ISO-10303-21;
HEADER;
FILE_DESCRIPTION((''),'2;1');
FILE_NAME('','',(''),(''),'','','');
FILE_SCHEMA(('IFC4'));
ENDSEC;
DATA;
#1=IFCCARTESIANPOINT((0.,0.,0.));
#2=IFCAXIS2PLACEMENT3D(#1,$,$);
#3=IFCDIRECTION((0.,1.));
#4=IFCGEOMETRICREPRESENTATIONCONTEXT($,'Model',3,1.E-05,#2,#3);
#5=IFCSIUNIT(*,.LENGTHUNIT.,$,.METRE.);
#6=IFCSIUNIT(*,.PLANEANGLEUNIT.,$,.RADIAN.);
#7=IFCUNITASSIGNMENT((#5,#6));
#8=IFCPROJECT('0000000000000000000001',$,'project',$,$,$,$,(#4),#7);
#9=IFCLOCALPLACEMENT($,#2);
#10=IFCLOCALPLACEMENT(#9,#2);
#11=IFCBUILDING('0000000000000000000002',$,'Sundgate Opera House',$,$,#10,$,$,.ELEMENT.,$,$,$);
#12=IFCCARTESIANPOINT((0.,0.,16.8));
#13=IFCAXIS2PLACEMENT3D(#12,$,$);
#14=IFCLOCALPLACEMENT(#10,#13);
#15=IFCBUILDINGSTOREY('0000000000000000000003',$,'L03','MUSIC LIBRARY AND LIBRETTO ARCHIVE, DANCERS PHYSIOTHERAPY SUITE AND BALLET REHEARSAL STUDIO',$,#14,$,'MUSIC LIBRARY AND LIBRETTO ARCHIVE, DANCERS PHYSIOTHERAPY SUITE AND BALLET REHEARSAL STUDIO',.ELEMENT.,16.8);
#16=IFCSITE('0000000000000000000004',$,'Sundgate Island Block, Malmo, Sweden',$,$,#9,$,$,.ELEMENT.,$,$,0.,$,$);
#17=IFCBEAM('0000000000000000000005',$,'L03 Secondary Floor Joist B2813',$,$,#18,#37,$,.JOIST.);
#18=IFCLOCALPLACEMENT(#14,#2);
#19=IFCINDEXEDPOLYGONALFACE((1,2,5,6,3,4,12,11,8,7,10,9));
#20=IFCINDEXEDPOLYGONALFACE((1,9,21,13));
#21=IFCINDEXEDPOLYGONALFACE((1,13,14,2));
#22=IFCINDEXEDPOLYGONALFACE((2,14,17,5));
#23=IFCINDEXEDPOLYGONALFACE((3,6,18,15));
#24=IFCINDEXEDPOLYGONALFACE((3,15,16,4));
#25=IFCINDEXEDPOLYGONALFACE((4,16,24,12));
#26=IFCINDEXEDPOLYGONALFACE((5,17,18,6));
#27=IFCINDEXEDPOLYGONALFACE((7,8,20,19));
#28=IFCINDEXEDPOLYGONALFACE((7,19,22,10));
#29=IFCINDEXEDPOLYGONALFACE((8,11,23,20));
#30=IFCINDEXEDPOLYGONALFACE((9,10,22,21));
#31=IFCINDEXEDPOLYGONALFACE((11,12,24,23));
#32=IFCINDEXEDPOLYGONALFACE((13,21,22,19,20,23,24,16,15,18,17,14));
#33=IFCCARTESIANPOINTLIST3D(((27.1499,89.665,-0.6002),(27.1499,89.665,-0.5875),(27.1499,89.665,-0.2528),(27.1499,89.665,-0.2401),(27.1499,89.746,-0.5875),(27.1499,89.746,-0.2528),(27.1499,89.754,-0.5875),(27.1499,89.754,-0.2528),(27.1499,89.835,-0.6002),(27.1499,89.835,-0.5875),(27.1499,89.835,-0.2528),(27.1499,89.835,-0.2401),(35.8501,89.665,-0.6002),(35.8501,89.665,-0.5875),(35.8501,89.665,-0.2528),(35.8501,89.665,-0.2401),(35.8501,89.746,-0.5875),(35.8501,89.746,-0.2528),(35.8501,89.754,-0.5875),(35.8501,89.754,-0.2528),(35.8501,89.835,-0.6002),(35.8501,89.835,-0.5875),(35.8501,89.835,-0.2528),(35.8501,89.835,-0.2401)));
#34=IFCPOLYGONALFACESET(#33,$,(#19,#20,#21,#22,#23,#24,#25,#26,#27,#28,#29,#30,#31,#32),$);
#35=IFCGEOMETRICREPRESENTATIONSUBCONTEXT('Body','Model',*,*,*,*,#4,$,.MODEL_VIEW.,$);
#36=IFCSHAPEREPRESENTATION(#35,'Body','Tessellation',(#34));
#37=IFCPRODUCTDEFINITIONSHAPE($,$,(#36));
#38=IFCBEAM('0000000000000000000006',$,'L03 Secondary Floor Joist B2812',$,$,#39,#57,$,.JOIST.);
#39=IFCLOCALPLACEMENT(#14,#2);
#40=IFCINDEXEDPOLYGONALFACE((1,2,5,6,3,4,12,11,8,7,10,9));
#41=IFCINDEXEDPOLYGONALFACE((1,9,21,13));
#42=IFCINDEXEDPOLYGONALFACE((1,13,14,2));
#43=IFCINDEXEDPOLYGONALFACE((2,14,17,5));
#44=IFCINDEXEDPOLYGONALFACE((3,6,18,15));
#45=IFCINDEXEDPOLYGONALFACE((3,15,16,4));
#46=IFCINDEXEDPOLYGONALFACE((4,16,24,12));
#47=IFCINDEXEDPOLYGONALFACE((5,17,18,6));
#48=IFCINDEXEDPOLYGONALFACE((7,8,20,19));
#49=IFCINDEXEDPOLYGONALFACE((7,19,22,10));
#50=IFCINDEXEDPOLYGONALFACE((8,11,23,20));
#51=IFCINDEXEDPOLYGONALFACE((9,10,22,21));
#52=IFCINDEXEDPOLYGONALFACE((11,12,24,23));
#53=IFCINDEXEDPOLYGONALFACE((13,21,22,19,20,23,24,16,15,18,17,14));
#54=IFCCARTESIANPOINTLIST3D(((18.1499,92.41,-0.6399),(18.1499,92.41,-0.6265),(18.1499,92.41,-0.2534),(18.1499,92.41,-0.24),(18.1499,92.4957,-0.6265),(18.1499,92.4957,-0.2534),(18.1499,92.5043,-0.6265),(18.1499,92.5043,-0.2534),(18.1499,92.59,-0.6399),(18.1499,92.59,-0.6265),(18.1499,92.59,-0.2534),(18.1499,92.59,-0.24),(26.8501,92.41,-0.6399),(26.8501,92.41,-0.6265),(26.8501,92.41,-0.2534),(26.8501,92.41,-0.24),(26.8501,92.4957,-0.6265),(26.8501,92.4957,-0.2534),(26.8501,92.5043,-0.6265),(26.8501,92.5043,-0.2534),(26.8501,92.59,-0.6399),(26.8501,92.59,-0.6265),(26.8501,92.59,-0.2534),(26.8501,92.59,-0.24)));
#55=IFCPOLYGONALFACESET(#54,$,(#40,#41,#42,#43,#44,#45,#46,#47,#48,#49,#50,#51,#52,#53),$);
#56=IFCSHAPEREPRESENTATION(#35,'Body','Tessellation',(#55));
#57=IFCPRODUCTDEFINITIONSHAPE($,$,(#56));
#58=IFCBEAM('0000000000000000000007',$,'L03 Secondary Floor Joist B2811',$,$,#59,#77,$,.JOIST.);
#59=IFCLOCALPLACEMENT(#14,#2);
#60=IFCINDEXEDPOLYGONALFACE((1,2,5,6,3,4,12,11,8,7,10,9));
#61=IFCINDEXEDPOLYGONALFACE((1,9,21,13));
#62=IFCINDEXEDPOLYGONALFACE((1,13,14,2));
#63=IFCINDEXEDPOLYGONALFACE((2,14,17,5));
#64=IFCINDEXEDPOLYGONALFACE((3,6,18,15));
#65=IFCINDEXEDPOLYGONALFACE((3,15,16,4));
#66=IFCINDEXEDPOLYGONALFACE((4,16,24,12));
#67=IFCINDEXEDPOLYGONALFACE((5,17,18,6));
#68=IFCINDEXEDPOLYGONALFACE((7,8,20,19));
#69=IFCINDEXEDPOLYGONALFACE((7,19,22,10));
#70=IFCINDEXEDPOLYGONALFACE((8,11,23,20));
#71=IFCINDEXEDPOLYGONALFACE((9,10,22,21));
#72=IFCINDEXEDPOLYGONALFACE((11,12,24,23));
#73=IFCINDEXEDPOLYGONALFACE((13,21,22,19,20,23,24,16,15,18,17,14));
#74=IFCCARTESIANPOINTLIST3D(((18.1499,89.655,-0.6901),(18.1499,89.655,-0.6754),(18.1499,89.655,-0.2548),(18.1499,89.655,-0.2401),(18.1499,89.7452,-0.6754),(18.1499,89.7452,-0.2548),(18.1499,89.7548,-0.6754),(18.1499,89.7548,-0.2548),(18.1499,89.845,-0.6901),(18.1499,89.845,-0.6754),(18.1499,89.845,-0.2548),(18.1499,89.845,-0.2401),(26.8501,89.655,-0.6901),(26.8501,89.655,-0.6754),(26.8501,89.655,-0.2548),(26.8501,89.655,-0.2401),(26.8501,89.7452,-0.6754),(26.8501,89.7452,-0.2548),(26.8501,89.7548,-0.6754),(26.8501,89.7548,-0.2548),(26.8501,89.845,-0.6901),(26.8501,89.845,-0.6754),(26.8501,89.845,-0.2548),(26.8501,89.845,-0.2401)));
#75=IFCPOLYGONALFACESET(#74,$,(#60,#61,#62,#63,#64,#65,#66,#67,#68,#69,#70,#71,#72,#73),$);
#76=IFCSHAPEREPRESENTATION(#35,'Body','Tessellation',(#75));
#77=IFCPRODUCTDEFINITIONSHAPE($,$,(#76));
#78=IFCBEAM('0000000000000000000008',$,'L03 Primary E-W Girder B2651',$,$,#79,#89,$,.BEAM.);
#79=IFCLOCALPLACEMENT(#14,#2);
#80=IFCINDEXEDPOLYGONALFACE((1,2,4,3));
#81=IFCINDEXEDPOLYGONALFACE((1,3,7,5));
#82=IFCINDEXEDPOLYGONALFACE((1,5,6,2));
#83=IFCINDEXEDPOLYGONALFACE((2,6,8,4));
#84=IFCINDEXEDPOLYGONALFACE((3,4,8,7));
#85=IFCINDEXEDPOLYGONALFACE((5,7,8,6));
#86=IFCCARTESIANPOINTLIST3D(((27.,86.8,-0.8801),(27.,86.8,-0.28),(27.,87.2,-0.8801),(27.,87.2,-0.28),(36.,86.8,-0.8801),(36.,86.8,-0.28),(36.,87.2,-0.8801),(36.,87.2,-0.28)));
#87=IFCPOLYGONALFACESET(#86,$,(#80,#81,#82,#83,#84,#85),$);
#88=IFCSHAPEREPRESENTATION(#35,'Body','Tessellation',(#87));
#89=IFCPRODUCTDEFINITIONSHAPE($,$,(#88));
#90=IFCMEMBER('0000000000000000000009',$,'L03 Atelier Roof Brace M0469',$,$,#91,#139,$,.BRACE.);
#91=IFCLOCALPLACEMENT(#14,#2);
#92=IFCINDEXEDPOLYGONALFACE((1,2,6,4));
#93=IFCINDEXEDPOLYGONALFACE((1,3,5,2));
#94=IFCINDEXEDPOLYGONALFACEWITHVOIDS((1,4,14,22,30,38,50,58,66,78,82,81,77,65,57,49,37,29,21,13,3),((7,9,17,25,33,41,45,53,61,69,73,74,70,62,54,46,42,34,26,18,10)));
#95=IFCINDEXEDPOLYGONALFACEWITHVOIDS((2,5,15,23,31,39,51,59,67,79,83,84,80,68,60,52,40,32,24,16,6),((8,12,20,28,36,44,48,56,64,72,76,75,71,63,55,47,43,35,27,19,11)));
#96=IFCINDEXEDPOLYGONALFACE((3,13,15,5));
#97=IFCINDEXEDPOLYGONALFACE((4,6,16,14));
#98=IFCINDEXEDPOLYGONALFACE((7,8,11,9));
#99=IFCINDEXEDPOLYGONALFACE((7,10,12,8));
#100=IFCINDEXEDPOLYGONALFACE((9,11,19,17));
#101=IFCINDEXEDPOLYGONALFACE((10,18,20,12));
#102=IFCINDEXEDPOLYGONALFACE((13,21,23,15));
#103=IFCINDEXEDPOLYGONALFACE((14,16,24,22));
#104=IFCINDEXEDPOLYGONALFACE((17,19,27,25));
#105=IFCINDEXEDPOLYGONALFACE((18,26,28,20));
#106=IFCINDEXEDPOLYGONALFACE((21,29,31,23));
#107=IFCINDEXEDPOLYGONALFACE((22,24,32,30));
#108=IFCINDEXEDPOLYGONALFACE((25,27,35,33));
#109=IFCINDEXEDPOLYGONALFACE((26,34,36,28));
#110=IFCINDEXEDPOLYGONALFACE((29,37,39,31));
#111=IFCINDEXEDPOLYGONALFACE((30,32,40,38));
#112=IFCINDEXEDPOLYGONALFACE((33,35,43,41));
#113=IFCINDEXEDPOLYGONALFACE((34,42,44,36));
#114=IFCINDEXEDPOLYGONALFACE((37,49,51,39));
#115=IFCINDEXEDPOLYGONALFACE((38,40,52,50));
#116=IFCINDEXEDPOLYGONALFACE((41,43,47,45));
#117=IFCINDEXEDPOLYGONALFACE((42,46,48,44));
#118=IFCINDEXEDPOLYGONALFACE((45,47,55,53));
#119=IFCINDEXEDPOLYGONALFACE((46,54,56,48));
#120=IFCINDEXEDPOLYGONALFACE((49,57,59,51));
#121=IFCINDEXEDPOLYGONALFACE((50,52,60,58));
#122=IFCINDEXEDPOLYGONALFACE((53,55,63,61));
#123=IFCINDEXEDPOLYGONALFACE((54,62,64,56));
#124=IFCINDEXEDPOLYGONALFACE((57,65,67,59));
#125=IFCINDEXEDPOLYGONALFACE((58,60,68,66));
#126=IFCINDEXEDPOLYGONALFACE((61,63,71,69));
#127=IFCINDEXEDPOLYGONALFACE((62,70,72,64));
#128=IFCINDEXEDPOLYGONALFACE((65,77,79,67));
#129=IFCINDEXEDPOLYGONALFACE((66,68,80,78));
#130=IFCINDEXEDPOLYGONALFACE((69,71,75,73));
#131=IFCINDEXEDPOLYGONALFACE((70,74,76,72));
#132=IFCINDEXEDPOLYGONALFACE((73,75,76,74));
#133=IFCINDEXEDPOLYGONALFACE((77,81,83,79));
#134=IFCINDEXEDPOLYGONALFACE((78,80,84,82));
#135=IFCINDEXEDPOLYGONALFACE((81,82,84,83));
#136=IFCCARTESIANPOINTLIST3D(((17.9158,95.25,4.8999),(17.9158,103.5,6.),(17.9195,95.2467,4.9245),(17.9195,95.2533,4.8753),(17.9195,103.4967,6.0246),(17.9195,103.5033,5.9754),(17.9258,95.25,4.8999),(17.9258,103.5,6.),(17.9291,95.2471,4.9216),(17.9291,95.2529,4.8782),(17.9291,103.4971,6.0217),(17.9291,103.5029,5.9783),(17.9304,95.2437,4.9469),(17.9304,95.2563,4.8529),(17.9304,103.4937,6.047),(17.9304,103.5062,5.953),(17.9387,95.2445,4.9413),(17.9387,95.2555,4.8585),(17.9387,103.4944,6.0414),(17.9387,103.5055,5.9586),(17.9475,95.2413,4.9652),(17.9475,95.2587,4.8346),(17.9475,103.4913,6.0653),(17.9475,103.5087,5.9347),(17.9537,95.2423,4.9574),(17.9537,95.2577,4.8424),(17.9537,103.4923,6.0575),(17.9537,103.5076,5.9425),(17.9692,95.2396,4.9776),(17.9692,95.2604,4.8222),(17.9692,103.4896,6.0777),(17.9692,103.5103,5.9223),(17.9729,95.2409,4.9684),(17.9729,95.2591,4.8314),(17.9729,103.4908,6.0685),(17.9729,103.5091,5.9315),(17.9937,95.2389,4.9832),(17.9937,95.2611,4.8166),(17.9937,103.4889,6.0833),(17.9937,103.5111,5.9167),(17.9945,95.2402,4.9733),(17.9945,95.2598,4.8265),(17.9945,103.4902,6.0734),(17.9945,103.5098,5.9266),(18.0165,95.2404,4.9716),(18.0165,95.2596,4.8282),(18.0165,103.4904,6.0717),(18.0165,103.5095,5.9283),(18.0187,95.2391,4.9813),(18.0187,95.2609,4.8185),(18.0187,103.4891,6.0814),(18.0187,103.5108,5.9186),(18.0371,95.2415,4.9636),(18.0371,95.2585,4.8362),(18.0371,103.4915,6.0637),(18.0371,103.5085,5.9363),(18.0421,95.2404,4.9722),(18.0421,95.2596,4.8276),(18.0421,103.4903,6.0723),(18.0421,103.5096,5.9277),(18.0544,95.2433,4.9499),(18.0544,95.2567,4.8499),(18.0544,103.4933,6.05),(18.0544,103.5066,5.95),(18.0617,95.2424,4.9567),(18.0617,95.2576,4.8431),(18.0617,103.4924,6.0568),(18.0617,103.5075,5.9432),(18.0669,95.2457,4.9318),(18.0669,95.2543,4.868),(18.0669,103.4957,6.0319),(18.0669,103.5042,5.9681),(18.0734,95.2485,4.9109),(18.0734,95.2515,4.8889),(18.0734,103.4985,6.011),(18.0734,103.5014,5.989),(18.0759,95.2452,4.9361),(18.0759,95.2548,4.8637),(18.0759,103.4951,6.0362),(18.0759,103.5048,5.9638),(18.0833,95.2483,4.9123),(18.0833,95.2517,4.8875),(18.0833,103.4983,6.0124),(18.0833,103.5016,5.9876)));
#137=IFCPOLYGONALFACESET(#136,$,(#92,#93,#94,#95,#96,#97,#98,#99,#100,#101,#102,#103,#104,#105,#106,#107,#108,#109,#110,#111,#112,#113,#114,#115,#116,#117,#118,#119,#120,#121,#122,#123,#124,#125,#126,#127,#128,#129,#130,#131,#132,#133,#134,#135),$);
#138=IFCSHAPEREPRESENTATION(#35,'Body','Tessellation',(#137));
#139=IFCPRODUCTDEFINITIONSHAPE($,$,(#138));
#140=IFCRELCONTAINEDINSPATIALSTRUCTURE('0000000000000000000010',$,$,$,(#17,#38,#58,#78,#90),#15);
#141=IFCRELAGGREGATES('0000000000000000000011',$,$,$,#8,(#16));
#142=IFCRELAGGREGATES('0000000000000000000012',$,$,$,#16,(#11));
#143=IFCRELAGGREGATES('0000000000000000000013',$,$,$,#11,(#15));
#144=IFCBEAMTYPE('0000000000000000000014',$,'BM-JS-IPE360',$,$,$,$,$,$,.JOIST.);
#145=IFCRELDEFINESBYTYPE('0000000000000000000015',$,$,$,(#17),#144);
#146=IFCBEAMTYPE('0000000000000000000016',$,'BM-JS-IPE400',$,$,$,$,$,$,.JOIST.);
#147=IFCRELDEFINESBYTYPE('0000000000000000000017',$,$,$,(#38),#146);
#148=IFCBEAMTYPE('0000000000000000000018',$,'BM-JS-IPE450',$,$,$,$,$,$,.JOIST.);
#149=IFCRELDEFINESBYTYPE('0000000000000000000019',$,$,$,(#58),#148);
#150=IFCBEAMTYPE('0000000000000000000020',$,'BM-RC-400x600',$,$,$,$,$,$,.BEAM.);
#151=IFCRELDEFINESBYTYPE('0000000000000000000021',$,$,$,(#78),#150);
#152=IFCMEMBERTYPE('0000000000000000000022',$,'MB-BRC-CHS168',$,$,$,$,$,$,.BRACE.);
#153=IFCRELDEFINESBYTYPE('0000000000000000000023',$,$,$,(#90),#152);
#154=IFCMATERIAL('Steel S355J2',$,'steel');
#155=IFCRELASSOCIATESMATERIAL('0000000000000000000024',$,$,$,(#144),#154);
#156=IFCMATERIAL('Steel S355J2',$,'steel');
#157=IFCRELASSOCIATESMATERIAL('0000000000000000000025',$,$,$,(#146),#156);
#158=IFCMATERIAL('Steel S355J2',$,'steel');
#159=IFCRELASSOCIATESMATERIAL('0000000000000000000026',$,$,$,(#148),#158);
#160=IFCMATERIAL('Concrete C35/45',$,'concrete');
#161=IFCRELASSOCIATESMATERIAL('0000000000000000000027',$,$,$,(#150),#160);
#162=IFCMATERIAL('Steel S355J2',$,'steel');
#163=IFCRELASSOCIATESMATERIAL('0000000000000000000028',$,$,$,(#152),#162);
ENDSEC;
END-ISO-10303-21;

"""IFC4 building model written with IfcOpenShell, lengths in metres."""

from ifc_helpers import new_model, si_unit, direction, frame, origin, origin_2d, place, context, subcontext, project, spatial, rectangle, hollow_circle, i_section, extrude, material, material_profile, profile_set, type_object, element, save


model = new_model("IFC4")

# Units and contexts
model_context = context("Model", 3, precision=1e-05, world=origin(), true_north=direction((0.0, 1.0)))
body_context = subcontext(model_context, "Body", "Model", "MODEL_VIEW")
ifc_project = project(units=[si_unit("LENGTHUNIT", "METRE"), si_unit("PLANEANGLEUNIT", "RADIAN")], contexts=[model_context])

# Site, building, storey
site_placement = place(None, origin())
site = spatial("IfcSite", under=ifc_project, at=site_placement, Name="Sundgate Island Block, Malmo, Sweden", CompositionType="ELEMENT", RefElevation=0.0)
building_placement = place(site_placement, origin())
building = spatial("IfcBuilding", under=site, at=building_placement, Name="Sundgate Opera House", CompositionType="ELEMENT")
storey_placement = place(building_placement, frame((0.0, 0.0, 16.8)))
storey = spatial("IfcBuildingStorey", under=building, at=storey_placement, Name="L03", Description="MUSIC LIBRARY AND LIBRETTO ARCHIVE, DANCERS PHYSIOTHERAPY SUITE AND BALLET REHEARSAL STUDIO", LongName="MUSIC LIBRARY AND LIBRETTO ARCHIVE, DANCERS PHYSIOTHERAPY SUITE AND BALLET REHEARSAL STUDIO", CompositionType="ELEMENT", Elevation=16.8)

# Beams
ifc_material_1 = material(Name="Steel S355J2", Category="steel")
ifc_material_profile_1 = material_profile(ifc_material_1, i_section(OverallWidth=0.1699, OverallDepth=0.3601, WebThickness=0.0081, FlangeThickness=0.0127, at=origin_2d()), Name="IPE 360")
ifc_profile_set_1 = profile_set([ifc_material_profile_1], Name="Steel S355J2")
beam_type_1 = type_object("IfcBeamType", Name="BM-JS-IPE360", PredefinedType="JOIST", material=ifc_profile_set_1)
beam_1_placement = place(storey_placement, frame((27.1499, 89.75, -0.4202), z_axis=(1.0, 0.0, 0.0), x_axis=(0.0, 1.0, 0.0)))
element("IfcBeam", 1, at=beam_1_placement, inside=storey, type_object=beam_type_1, Name="L03 Secondary Floor Joist B2813", PredefinedType="JOIST", context=body_context, shape_type="SweptSolid", body=[
    extrude(i_section(OverallWidth=0.1699, OverallDepth=0.3601, WebThickness=0.0081, FlangeThickness=0.0127, at=origin_2d()), origin(), (0.0, 0.0, 1.0), 8.7002),
])
ifc_material_2 = material(Name="Steel S355J2", Category="steel")
ifc_material_profile_2 = material_profile(ifc_material_2, i_section(OverallWidth=0.1799, OverallDepth=0.3999, WebThickness=0.0085, FlangeThickness=0.0134, at=origin_2d()), Name="IPE 400")
ifc_profile_set_2 = profile_set([ifc_material_profile_2], Name="Steel S355J2")
beam_type_2 = type_object("IfcBeamType", Name="BM-JS-IPE400", PredefinedType="JOIST", material=ifc_profile_set_2)
beam_2_placement = place(storey_placement, frame((18.1499, 92.5, -0.4399), z_axis=(1.0, 0.0, 0.0), x_axis=(0.0, 1.0, 0.0)))
element("IfcBeam", 2, at=beam_2_placement, inside=storey, type_object=beam_type_2, Name="L03 Secondary Floor Joist B2812", PredefinedType="JOIST", context=body_context, shape_type="SweptSolid", body=[
    extrude(i_section(OverallWidth=0.1799, OverallDepth=0.3999, WebThickness=0.0085, FlangeThickness=0.0134, at=origin_2d()), origin(), (0.0, 0.0, 1.0), 8.7002),
])
ifc_material_3 = material(Name="Steel S355J2", Category="steel")
ifc_material_profile_3 = material_profile(ifc_material_3, i_section(OverallWidth=0.1899, OverallDepth=0.45, WebThickness=0.0095, FlangeThickness=0.0146, at=origin_2d()), Name="IPE 450")
ifc_profile_set_3 = profile_set([ifc_material_profile_3], Name="Steel S355J2")
beam_type_3 = type_object("IfcBeamType", Name="BM-JS-IPE450", PredefinedType="JOIST", material=ifc_profile_set_3)
beam_3_placement = place(storey_placement, frame((18.1499, 89.75, -0.4651), z_axis=(1.0, 0.0, 0.0), x_axis=(0.0, 1.0, 0.0)))
element("IfcBeam", 3, at=beam_3_placement, inside=storey, type_object=beam_type_3, Name="L03 Secondary Floor Joist B2811", PredefinedType="JOIST", context=body_context, shape_type="SweptSolid", body=[
    extrude(i_section(OverallWidth=0.1899, OverallDepth=0.45, WebThickness=0.0095, FlangeThickness=0.0146, at=origin_2d()), origin(), (0.0, 0.0, 1.0), 8.7002),
])
ifc_material_4 = material(Name="Concrete C35/45", Category="concrete")
ifc_material_profile_4 = material_profile(ifc_material_4, rectangle(XDim=0.3999, YDim=0.6001, at=origin_2d()), Name="RC 400x600")
ifc_profile_set_4 = profile_set([ifc_material_profile_4], Name="Concrete C35/45")
beam_type_4 = type_object("IfcBeamType", Name="BM-RC-400x600", PredefinedType="BEAM", material=ifc_profile_set_4)
beam_4_placement = place(storey_placement, frame((27.0, 87.0, -0.5801), z_axis=(1.0, 0.0, 0.0), x_axis=(0.0, 1.0, 0.0)))
element("IfcBeam", 4, at=beam_4_placement, inside=storey, type_object=beam_type_4, Name="L03 Primary E-W Girder B2651", PredefinedType="BEAM", context=body_context, shape_type="SweptSolid", body=[
    extrude(rectangle(XDim=0.3999, YDim=0.6001, at=origin_2d()), origin(), (0.0, 0.0, 1.0), 9.0),
])

# Member
ifc_material_5 = material(Name="Steel S355J2", Category="steel")
ifc_material_profile_5 = material_profile(ifc_material_5, hollow_circle(Radius=0.0842, WallThickness=0.01, at=origin_2d()), Name="CHS 168.3x10.0")
ifc_profile_set_5 = profile_set([ifc_material_profile_5], Name="Steel S355J2")
member_type_1 = type_object("IfcMemberType", Name="MB-BRC-CHS168", PredefinedType="BRACE", material=ifc_profile_set_5)
member_1_placement = place(storey_placement, frame((18.0, 95.25, 4.8999), z_axis=(0.0, 0.991226, 0.132175), x_axis=(-1.0, 0.0, 0.0)))
element("IfcMember", 5, at=member_1_placement, inside=storey, type_object=member_type_1, Name="L03 Atelier Roof Brace M0469", PredefinedType="BRACE", context=body_context, shape_type="SweptSolid", body=[
    extrude(hollow_circle(Radius=0.0842, WallThickness=0.01, at=origin_2d()), origin(), (0.0, 0.0, 1.0), 8.323),
])

save(model, "model.ifc")
